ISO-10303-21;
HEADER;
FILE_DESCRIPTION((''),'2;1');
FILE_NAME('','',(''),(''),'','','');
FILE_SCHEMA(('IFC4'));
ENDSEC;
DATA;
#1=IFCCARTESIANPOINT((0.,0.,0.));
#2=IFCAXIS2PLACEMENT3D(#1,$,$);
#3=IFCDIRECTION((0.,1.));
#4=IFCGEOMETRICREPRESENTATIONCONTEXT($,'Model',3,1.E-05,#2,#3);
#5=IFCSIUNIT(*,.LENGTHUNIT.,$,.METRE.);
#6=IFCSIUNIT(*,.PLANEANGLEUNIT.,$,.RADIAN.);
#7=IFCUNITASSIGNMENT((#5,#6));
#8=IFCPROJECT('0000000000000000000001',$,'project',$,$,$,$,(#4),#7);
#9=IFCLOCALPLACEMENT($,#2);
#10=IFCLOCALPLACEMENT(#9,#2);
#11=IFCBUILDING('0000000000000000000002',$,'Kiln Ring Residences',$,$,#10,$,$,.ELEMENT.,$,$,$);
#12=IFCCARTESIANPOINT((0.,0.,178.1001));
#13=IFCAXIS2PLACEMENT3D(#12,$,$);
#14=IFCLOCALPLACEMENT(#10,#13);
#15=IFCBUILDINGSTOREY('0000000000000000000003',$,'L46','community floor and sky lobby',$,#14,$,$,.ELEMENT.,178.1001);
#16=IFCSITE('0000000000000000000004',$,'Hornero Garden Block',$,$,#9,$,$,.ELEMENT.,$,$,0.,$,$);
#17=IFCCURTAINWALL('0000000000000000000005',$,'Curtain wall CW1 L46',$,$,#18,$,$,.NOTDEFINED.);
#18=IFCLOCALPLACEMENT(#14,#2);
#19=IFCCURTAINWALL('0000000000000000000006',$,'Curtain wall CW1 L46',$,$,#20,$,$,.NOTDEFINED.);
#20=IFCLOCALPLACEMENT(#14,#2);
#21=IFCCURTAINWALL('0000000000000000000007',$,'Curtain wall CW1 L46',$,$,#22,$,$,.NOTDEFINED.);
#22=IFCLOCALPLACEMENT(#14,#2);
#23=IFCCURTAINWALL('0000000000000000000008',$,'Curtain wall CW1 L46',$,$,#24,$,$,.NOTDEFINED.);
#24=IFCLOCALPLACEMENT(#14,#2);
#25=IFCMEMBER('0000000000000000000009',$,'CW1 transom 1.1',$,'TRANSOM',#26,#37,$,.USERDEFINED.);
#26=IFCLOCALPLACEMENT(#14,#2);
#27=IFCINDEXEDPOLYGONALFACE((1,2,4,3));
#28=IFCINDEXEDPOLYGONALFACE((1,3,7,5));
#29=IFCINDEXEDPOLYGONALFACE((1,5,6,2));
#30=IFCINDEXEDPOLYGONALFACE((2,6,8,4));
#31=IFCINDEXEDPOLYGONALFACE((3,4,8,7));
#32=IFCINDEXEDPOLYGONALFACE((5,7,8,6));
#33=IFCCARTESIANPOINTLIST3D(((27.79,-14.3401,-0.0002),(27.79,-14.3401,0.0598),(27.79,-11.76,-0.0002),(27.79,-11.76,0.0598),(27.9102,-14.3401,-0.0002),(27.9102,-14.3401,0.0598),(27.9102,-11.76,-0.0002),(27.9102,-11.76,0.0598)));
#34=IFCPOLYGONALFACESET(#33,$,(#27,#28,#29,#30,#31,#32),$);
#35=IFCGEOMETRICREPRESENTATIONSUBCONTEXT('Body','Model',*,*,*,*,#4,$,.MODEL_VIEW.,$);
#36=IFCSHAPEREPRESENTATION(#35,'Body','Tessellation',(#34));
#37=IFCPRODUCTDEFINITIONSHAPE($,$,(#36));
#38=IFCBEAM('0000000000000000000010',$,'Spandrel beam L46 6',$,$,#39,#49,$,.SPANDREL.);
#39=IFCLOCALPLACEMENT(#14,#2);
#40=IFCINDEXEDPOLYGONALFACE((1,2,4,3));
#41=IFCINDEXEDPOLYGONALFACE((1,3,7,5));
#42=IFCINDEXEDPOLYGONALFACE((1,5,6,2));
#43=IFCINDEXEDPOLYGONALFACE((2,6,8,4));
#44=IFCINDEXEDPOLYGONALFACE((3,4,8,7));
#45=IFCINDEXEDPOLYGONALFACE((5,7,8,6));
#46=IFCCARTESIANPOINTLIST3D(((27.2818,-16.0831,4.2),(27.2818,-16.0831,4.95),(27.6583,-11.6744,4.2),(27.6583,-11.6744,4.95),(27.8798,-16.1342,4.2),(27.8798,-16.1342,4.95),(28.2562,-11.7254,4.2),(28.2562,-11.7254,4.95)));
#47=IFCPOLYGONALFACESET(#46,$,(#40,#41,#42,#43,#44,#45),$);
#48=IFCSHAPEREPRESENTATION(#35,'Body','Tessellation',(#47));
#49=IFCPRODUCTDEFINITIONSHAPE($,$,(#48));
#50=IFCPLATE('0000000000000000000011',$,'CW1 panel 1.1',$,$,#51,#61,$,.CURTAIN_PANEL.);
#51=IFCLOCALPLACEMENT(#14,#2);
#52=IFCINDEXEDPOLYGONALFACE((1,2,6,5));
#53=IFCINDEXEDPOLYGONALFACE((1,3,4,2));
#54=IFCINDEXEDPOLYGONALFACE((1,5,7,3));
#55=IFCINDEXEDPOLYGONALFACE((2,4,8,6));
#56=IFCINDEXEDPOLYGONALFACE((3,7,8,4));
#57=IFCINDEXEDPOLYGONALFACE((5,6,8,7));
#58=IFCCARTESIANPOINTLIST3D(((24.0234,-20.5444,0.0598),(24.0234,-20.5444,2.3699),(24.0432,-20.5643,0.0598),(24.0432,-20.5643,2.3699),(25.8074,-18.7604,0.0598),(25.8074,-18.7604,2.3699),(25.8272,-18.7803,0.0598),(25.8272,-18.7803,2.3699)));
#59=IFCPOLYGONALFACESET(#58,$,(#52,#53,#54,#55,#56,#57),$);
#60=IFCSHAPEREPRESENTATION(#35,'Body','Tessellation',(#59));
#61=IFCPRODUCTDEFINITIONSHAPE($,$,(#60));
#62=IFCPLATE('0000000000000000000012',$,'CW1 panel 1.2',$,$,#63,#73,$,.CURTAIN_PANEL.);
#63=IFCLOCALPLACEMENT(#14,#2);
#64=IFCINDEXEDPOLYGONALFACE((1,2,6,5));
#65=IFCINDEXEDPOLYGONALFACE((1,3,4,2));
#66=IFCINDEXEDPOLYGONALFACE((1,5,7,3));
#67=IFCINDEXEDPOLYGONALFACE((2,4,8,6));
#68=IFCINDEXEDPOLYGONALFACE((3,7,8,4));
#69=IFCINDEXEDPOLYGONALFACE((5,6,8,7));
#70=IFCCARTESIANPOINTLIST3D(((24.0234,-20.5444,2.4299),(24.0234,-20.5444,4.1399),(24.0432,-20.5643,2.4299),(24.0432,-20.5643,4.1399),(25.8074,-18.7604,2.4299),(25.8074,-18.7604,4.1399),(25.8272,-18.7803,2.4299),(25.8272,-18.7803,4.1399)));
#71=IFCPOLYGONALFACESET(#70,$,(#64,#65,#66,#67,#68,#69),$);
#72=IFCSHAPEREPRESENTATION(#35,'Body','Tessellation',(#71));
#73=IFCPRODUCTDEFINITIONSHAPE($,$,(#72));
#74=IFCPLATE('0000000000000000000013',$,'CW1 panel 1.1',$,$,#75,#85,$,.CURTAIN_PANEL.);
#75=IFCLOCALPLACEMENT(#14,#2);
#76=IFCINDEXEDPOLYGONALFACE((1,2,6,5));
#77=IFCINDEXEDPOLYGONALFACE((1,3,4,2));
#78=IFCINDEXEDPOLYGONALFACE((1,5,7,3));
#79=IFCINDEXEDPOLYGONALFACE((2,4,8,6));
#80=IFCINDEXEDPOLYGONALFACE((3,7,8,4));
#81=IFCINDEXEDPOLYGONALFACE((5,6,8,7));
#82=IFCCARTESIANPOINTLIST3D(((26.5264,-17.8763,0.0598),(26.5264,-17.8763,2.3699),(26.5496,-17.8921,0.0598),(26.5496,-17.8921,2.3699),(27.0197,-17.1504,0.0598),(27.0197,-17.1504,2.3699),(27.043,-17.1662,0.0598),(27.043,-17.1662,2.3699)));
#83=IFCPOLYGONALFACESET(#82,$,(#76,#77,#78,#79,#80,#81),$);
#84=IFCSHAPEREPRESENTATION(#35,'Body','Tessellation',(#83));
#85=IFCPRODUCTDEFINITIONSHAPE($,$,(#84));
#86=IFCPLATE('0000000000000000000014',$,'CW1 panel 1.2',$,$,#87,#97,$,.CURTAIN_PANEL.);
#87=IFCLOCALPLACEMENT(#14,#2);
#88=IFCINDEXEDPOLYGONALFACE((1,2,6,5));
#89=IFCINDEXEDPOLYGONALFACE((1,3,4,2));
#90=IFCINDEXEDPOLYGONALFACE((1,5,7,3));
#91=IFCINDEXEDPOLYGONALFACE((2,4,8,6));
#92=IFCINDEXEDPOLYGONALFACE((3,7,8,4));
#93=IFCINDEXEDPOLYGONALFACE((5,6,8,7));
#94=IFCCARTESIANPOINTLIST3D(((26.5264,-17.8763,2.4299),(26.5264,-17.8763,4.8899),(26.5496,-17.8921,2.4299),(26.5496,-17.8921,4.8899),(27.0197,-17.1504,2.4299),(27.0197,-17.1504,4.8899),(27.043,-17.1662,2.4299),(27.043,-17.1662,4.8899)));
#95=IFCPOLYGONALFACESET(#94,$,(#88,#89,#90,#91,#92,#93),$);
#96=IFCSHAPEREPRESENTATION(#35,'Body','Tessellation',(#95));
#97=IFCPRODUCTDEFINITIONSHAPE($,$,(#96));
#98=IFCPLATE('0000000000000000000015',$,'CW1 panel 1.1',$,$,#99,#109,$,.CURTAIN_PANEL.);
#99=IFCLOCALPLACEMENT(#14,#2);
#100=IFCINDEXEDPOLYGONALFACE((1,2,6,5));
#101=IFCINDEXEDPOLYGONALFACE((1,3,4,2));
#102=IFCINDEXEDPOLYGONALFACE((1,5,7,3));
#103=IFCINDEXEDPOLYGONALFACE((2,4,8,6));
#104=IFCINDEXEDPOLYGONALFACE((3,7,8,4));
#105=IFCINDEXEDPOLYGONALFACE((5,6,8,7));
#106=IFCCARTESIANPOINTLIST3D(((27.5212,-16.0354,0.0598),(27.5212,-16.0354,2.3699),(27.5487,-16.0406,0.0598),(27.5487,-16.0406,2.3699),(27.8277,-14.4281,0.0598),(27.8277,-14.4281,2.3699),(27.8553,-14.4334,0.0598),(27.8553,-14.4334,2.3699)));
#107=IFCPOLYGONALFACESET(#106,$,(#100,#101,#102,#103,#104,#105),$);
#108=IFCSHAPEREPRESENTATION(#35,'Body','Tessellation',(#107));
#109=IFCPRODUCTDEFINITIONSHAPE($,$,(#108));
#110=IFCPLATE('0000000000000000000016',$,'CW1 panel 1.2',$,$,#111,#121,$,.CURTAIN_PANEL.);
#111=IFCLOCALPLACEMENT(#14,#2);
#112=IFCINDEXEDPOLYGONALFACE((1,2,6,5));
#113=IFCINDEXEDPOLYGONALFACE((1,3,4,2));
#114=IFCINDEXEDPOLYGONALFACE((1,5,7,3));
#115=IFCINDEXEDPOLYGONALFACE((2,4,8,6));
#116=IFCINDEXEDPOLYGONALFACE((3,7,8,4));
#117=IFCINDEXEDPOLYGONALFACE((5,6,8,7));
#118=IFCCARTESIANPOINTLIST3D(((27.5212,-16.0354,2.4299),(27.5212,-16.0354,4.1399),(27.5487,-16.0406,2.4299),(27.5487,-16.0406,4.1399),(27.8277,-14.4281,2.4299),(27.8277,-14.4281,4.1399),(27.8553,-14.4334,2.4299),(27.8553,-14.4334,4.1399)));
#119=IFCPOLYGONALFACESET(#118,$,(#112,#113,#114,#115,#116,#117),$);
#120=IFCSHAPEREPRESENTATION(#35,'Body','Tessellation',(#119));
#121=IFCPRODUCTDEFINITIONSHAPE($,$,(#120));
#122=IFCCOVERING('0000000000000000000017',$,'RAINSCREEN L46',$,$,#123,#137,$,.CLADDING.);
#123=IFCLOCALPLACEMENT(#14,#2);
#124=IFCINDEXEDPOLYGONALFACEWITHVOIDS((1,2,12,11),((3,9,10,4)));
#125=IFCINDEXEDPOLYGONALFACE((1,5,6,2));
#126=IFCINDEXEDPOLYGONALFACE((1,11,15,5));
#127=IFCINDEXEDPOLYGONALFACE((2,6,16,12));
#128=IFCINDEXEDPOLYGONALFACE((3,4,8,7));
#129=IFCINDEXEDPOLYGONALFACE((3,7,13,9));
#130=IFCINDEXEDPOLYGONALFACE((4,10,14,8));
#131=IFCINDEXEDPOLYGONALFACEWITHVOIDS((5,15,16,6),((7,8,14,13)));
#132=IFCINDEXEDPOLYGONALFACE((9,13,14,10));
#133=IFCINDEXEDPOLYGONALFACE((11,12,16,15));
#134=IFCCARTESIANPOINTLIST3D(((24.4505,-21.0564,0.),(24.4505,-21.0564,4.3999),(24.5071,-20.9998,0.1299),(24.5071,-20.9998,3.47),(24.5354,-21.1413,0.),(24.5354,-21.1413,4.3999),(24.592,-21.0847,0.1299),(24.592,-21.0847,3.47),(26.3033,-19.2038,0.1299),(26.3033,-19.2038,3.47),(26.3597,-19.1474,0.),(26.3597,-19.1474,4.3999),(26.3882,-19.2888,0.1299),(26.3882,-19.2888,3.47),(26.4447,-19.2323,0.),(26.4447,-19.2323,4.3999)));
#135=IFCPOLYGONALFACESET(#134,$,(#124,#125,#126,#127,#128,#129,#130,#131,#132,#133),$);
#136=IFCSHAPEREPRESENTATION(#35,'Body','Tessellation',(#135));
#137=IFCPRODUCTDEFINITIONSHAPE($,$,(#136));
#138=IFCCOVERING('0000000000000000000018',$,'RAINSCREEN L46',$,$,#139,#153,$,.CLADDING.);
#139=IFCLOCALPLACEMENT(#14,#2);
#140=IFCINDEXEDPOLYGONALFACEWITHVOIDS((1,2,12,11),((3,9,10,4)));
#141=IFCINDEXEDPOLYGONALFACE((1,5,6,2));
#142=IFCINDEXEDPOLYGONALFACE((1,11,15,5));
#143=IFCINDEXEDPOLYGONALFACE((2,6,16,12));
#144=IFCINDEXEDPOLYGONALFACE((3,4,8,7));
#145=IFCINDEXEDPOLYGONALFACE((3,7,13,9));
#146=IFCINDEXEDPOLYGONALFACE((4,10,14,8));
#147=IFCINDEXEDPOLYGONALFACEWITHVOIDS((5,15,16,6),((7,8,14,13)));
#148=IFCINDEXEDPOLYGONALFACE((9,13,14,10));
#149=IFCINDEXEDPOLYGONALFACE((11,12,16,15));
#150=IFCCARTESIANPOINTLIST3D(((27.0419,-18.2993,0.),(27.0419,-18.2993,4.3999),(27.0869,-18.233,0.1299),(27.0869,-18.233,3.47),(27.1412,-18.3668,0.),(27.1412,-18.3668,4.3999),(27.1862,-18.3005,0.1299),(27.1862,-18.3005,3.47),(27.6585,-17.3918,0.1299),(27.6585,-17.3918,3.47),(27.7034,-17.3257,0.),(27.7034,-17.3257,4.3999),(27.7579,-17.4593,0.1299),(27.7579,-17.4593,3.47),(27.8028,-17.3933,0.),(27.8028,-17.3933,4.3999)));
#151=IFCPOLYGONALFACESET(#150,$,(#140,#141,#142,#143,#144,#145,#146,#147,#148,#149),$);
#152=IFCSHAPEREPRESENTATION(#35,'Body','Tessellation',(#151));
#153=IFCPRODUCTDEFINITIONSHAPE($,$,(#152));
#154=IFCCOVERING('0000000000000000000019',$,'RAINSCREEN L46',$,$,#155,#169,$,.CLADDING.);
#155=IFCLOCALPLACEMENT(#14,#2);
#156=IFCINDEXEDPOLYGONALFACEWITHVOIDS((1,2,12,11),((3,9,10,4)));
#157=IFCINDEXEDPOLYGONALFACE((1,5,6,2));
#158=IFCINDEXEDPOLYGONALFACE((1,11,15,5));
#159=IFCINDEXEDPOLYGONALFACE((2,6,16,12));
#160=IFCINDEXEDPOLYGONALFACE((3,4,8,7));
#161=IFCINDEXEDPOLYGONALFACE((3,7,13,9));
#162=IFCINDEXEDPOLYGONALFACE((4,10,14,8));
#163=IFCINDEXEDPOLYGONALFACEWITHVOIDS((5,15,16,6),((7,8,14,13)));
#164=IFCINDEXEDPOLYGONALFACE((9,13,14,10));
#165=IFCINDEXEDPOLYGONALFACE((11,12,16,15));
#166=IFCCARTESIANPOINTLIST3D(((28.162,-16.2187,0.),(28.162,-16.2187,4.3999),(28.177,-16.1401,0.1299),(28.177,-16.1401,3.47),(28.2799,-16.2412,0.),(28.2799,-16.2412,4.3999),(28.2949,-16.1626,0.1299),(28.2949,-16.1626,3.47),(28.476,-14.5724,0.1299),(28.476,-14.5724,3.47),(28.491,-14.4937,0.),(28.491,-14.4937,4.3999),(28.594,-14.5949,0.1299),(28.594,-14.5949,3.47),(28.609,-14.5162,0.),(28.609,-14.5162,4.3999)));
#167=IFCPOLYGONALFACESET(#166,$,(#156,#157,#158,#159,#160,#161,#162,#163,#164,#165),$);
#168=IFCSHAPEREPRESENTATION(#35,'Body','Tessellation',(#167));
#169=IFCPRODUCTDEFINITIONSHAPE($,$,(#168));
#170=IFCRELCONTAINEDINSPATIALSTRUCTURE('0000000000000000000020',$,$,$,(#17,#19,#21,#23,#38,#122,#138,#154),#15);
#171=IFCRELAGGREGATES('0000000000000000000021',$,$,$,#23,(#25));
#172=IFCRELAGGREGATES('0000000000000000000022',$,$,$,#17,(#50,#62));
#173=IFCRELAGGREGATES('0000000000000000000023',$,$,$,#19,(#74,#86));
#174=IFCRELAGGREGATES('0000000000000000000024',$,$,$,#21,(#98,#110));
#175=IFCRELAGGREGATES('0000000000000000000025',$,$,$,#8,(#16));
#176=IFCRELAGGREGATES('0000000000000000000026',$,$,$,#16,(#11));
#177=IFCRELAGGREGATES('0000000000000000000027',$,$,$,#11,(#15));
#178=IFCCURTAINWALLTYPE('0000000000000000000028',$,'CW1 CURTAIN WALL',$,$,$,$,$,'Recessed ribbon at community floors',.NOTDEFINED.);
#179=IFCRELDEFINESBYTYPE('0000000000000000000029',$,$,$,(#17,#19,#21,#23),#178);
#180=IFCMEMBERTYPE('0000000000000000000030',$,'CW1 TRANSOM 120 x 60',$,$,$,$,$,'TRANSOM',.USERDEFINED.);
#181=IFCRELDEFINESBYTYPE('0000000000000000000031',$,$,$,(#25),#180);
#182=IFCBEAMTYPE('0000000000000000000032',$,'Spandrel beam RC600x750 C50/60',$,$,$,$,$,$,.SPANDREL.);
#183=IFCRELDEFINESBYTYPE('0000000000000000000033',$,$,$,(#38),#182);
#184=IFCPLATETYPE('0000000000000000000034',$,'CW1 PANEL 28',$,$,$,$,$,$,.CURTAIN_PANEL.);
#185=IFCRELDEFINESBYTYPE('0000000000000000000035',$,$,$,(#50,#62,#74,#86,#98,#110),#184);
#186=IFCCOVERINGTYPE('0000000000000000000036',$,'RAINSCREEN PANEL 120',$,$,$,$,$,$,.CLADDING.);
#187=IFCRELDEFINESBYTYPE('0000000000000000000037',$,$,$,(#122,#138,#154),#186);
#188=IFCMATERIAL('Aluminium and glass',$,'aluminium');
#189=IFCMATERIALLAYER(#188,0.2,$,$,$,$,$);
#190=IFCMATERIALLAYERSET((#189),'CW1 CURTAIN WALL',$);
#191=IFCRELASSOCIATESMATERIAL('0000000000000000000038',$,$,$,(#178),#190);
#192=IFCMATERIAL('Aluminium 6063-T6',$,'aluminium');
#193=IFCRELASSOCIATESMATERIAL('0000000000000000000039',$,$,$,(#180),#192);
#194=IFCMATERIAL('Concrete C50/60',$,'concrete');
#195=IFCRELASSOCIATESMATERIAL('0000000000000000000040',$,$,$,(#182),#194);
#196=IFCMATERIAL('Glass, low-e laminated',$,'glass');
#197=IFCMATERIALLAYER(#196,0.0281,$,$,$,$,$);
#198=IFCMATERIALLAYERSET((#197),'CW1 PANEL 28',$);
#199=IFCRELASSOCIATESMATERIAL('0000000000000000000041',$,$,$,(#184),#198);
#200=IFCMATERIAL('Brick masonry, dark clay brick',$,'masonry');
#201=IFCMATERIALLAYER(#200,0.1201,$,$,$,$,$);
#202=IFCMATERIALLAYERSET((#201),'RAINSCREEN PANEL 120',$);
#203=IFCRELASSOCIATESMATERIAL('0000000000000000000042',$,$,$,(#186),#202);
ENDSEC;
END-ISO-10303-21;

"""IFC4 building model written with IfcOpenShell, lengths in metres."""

from ifc_helpers import new_model, si_unit, direction, frame, origin, origin_2d, place, context, subcontext, project, spatial, polyline, rectangle, outline, extrude, material, layer, layer_set, material_profile, profile_set, type_object, element, aggregate, save


model = new_model("IFC4")

# Units and contexts
model_context = context("Model", 3, precision=1e-05, world=origin(), true_north=direction((0.0, 1.0)))
body_context = subcontext(model_context, "Body", "Model", "MODEL_VIEW")
ifc_project = project(units=[si_unit("LENGTHUNIT", "METRE"), si_unit("PLANEANGLEUNIT", "RADIAN")], contexts=[model_context])

# Site, building, storey
site_placement = place(None, origin())
site = spatial("IfcSite", under=ifc_project, at=site_placement, Name="Hornero Garden Block", CompositionType="ELEMENT", RefElevation=0.0)
building_placement = place(site_placement, origin())
building = spatial("IfcBuilding", under=site, at=building_placement, Name="Kiln Ring Residences", CompositionType="ELEMENT")
storey_placement = place(building_placement, frame((0.0, 0.0, 178.1001)))
storey = spatial("IfcBuildingStorey", under=building, at=storey_placement, Name="L46", Description="community floor and sky lobby", CompositionType="ELEMENT", Elevation=178.1001)

# Curtain wall
ifc_material_1 = material(Name="Aluminium and glass", Category="aluminium")
ifc_layer_1 = layer(ifc_material_1, 0.2)
ifc_layer_set_1 = layer_set([ifc_layer_1], Name="CW1 CURTAIN WALL")
curtain_wall_type = type_object("IfcCurtainWallType", Name="CW1 CURTAIN WALL", ElementType="Recessed ribbon at community floors", PredefinedType="NOTDEFINED", material=ifc_layer_set_1)
placement = place(storey_placement, origin())
curtain_wall_1 = element("IfcCurtainWall", 1, at=placement, inside=storey, type_object=curtain_wall_type, Name="Curtain wall CW1 L46", PredefinedType="NOTDEFINED")

# Curtain walls
curtain_wall_2 = element("IfcCurtainWall", 2, at=placement, inside=storey, type_object=curtain_wall_type, Name="Curtain wall CW1 L46", PredefinedType="NOTDEFINED")
curtain_wall_3 = element("IfcCurtainWall", 3, at=placement, inside=storey, type_object=curtain_wall_type, Name="Curtain wall CW1 L46", PredefinedType="NOTDEFINED")

# Curtain wall
curtain_wall_4 = element("IfcCurtainWall", 4, at=placement, inside=storey, type_object=curtain_wall_type, Name="Curtain wall CW1 L46", PredefinedType="NOTDEFINED")

# Member
ifc_material_2 = material(Name="Aluminium 6063-T6", Category="aluminium")
ifc_material_profile_1 = material_profile(ifc_material_2, rectangle(XDim=0.1201, YDim=0.0601, at=origin_2d()), Name="AL 120x60")
ifc_profile_set_1 = profile_set([ifc_material_profile_1], Name="Aluminium 6063-T6")
member_type_1 = type_object("IfcMemberType", Name="CW1 TRANSOM 120 x 60", ElementType="TRANSOM", PredefinedType="USERDEFINED", material=ifc_profile_set_1)
member_1_placement = place(storey_placement, frame((27.8501, -14.3401, 0.0298), z_axis=(0.0, 1.0, 0.0), x_axis=(-1.0, 0.0, 0.0)))
member_1 = element("IfcMember", 5, at=member_1_placement, type_object=member_type_1, Name="CW1 transom 1.1", ObjectType="TRANSOM", PredefinedType="USERDEFINED", context=body_context, shape_type="SweptSolid", body=[
    extrude(rectangle(XDim=0.1201, YDim=0.0601, at=origin_2d()), origin(), (0.0, 0.0, 1.0), 2.5801),
])
aggregate(curtain_wall_4, [member_1])

# Beam
ifc_material_3 = material(Name="Concrete C50/60", Category="concrete")
ifc_material_profile_2 = material_profile(ifc_material_3, rectangle(XDim=0.6001, YDim=0.75, at=origin_2d()), Name="RC600x750")
ifc_profile_set_2 = profile_set([ifc_material_profile_2], Name="Concrete C50/60")
beam_type = type_object("IfcBeamType", Name="Spandrel beam RC600x750 C50/60", PredefinedType="SPANDREL", material=ifc_profile_set_2)
beam_placement = place(storey_placement, frame((27.5808, -16.1086, 4.575), z_axis=(0.085082, 0.996374, 0.0), x_axis=(-0.996374, 0.085082, 0.0)))
element("IfcBeam", 6, at=beam_placement, inside=storey, type_object=beam_type, Name="Spandrel beam L46 6", PredefinedType="SPANDREL", context=body_context, shape_type="SweptSolid", body=[
    extrude(rectangle(XDim=0.6001, YDim=0.75, at=origin_2d()), origin(), (0.0, 0.0, 1.0), 4.4248),
])

# Plates
ifc_material_4 = material(Name="Glass, low-e laminated", Category="glass")
ifc_layer_2 = layer(ifc_material_4, 0.0281)
ifc_layer_set_2 = layer_set([ifc_layer_2], Name="CW1 PANEL 28")
plate_type = type_object("IfcPlateType", Name="CW1 PANEL 28", PredefinedType="CURTAIN_PANEL", material=ifc_layer_set_2)
plate_1_placement = place(storey_placement, frame((24.9253, -19.6624, 0.0598), z_axis=(0.0, 0.0, 1.0), x_axis=(0.707107, 0.707107, 0.0)))
plate_1 = element("IfcPlate", 7, at=plate_1_placement, type_object=plate_type, Name="CW1 panel 1.1", PredefinedType="CURTAIN_PANEL", context=body_context, shape_type="SweptSolid", body=[
    extrude(rectangle(XDim=2.5229, YDim=0.0281, at=origin_2d()), origin(), (0.0, 0.0, 1.0), 2.3101),
])
plate_2_placement = place(storey_placement, frame((24.9253, -19.6624, 2.4299), z_axis=(0.0, 0.0, 1.0), x_axis=(0.707107, 0.707107, 0.0)))
plate_2 = element("IfcPlate", 8, at=plate_2_placement, type_object=plate_type, Name="CW1 panel 1.2", PredefinedType="CURTAIN_PANEL", context=body_context, shape_type="SweptSolid", body=[
    extrude(rectangle(XDim=2.5229, YDim=0.0281, at=origin_2d()), origin(), (0.0, 0.0, 1.0), 1.71),
])
aggregate(curtain_wall_1, [plate_1, plate_2])
plate_3_placement = place(storey_placement, frame((26.7847, -17.5212, 0.0598), z_axis=(0.0, 0.0, 1.0), x_axis=(0.562097, 0.827072, 0.0)))
plate_3 = element("IfcPlate", 9, at=plate_3_placement, type_object=plate_type, Name="CW1 panel 1.1", PredefinedType="CURTAIN_PANEL", context=body_context, shape_type="SweptSolid", body=[
    extrude(rectangle(XDim=0.8777, YDim=0.0281, at=origin_2d()), origin(), (0.0, 0.0, 1.0), 2.3101),
])
plate_4_placement = place(storey_placement, frame((26.7847, -17.5212, 2.4299), z_axis=(0.0, 0.0, 1.0), x_axis=(0.562097, 0.827072, 0.0)))
plate_4 = element("IfcPlate", 10, at=plate_4_placement, type_object=plate_type, Name="CW1 panel 1.2", PredefinedType="CURTAIN_PANEL", context=body_context, shape_type="SweptSolid", body=[
    extrude(rectangle(XDim=0.8777, YDim=0.0281, at=origin_2d()), origin(), (0.0, 0.0, 1.0), 2.46),
])
aggregate(curtain_wall_2, [plate_3, plate_4])
plate_5_placement = place(storey_placement, frame((27.6882, -15.2344, 0.0598), z_axis=(0.0, 0.0, 1.0), x_axis=(0.187366, 0.98229, 0.0)))
plate_5 = element("IfcPlate", 11, at=plate_5_placement, type_object=plate_type, Name="CW1 panel 1.1", PredefinedType="CURTAIN_PANEL", context=body_context, shape_type="SweptSolid", body=[
    extrude(rectangle(XDim=1.6362, YDim=0.0281, at=origin_2d()), origin(), (0.0, 0.0, 1.0), 2.3101),
])
plate_6_placement = place(storey_placement, frame((27.6882, -15.2344, 2.4299), z_axis=(0.0, 0.0, 1.0), x_axis=(0.187366, 0.98229, 0.0)))
plate_6 = element("IfcPlate", 12, at=plate_6_placement, type_object=plate_type, Name="CW1 panel 1.2", PredefinedType="CURTAIN_PANEL", context=body_context, shape_type="SweptSolid", body=[
    extrude(rectangle(XDim=1.6362, YDim=0.0281, at=origin_2d()), origin(), (0.0, 0.0, 1.0), 1.71),
])
aggregate(curtain_wall_3, [plate_5, plate_6])

# Coverings
ifc_material_5 = material(Name="Brick masonry, dark clay brick", Category="masonry")
ifc_layer_3 = layer(ifc_material_5, 0.1201)
ifc_layer_set_3 = layer_set([ifc_layer_3], Name="RAINSCREEN PANEL 120")
covering_type = type_object("IfcCoveringType", Name="RAINSCREEN PANEL 120", PredefinedType="CLADDING", material=ifc_layer_set_3)
covering_1_placement = place(storey_placement, frame((24.4929, -21.0989, 0.0), z_axis=(0.0, 0.0, 1.0), x_axis=(0.707152, 0.707062, 0.0)))
element("IfcCovering", 13, at=covering_1_placement, inside=storey, type_object=covering_type, Name="RAINSCREEN L46", PredefinedType="CLADDING", context=body_context, shape_type="SweptSolid", body=[
    extrude(outline(polyline([(0.0, 0.0), (2.7, 0.0), (2.7, 4.3999), (0.0, 4.3999), (0.0, 0.0)]), holes=[polyline([(0.0801, 3.47), (0.0801, 0.1299), (2.6201, 0.1299), (2.6201, 3.47), (0.0801, 3.47)])]), frame((0.0, 0.0601, 0.0), z_axis=(0.0, -1.0, 0.0), x_axis=(1.0, 0.0, 0.0)), (0.0, 0.0, 1.0), 0.1201),
])
covering_2_placement = place(storey_placement, frame((27.0916, -18.333, 0.0), z_axis=(0.0, 0.0, 1.0), x_axis=(0.562049, 0.827104, 0.0)))
element("IfcCovering", 14, at=covering_2_placement, inside=storey, type_object=covering_type, Name="RAINSCREEN L46", PredefinedType="CLADDING", context=body_context, shape_type="SweptSolid", body=[
    extrude(outline(polyline([(0.0, 0.0), (1.177, 0.0), (1.177, 4.3999), (0.0, 4.3999), (0.0, 0.0)]), holes=[polyline([(0.0801, 3.47), (0.0801, 0.1299), (1.0972, 0.1299), (1.0972, 3.47), (0.0801, 3.47)])]), frame((0.0, 0.0601, 0.0), z_axis=(0.0, -1.0, 0.0), x_axis=(1.0, 0.0, 0.0)), (0.0, 0.0, 1.0), 0.1201),
])
covering_3_placement = place(storey_placement, frame((28.2209, -16.23, 0.0), z_axis=(0.0, 0.0, 1.0), x_axis=(0.187393, 0.982285, 0.0)))
element("IfcCovering", 15, at=covering_3_placement, inside=storey, type_object=covering_type, Name="RAINSCREEN L46", PredefinedType="CLADDING", context=body_context, shape_type="SweptSolid", body=[
    extrude(outline(polyline([(0.0, 0.0), (1.7561, 0.0), (1.7561, 4.3999), (0.0, 4.3999), (0.0, 0.0)]), holes=[polyline([(0.0801, 3.47), (0.0801, 0.1299), (1.676, 0.1299), (1.676, 3.47), (0.0801, 3.47)])]), frame((0.0, 0.0601, 0.0), z_axis=(0.0, -1.0, 0.0), x_axis=(1.0, 0.0, 0.0)), (0.0, 0.0, 1.0), 0.1201),
])

save(model, "model.ifc")
